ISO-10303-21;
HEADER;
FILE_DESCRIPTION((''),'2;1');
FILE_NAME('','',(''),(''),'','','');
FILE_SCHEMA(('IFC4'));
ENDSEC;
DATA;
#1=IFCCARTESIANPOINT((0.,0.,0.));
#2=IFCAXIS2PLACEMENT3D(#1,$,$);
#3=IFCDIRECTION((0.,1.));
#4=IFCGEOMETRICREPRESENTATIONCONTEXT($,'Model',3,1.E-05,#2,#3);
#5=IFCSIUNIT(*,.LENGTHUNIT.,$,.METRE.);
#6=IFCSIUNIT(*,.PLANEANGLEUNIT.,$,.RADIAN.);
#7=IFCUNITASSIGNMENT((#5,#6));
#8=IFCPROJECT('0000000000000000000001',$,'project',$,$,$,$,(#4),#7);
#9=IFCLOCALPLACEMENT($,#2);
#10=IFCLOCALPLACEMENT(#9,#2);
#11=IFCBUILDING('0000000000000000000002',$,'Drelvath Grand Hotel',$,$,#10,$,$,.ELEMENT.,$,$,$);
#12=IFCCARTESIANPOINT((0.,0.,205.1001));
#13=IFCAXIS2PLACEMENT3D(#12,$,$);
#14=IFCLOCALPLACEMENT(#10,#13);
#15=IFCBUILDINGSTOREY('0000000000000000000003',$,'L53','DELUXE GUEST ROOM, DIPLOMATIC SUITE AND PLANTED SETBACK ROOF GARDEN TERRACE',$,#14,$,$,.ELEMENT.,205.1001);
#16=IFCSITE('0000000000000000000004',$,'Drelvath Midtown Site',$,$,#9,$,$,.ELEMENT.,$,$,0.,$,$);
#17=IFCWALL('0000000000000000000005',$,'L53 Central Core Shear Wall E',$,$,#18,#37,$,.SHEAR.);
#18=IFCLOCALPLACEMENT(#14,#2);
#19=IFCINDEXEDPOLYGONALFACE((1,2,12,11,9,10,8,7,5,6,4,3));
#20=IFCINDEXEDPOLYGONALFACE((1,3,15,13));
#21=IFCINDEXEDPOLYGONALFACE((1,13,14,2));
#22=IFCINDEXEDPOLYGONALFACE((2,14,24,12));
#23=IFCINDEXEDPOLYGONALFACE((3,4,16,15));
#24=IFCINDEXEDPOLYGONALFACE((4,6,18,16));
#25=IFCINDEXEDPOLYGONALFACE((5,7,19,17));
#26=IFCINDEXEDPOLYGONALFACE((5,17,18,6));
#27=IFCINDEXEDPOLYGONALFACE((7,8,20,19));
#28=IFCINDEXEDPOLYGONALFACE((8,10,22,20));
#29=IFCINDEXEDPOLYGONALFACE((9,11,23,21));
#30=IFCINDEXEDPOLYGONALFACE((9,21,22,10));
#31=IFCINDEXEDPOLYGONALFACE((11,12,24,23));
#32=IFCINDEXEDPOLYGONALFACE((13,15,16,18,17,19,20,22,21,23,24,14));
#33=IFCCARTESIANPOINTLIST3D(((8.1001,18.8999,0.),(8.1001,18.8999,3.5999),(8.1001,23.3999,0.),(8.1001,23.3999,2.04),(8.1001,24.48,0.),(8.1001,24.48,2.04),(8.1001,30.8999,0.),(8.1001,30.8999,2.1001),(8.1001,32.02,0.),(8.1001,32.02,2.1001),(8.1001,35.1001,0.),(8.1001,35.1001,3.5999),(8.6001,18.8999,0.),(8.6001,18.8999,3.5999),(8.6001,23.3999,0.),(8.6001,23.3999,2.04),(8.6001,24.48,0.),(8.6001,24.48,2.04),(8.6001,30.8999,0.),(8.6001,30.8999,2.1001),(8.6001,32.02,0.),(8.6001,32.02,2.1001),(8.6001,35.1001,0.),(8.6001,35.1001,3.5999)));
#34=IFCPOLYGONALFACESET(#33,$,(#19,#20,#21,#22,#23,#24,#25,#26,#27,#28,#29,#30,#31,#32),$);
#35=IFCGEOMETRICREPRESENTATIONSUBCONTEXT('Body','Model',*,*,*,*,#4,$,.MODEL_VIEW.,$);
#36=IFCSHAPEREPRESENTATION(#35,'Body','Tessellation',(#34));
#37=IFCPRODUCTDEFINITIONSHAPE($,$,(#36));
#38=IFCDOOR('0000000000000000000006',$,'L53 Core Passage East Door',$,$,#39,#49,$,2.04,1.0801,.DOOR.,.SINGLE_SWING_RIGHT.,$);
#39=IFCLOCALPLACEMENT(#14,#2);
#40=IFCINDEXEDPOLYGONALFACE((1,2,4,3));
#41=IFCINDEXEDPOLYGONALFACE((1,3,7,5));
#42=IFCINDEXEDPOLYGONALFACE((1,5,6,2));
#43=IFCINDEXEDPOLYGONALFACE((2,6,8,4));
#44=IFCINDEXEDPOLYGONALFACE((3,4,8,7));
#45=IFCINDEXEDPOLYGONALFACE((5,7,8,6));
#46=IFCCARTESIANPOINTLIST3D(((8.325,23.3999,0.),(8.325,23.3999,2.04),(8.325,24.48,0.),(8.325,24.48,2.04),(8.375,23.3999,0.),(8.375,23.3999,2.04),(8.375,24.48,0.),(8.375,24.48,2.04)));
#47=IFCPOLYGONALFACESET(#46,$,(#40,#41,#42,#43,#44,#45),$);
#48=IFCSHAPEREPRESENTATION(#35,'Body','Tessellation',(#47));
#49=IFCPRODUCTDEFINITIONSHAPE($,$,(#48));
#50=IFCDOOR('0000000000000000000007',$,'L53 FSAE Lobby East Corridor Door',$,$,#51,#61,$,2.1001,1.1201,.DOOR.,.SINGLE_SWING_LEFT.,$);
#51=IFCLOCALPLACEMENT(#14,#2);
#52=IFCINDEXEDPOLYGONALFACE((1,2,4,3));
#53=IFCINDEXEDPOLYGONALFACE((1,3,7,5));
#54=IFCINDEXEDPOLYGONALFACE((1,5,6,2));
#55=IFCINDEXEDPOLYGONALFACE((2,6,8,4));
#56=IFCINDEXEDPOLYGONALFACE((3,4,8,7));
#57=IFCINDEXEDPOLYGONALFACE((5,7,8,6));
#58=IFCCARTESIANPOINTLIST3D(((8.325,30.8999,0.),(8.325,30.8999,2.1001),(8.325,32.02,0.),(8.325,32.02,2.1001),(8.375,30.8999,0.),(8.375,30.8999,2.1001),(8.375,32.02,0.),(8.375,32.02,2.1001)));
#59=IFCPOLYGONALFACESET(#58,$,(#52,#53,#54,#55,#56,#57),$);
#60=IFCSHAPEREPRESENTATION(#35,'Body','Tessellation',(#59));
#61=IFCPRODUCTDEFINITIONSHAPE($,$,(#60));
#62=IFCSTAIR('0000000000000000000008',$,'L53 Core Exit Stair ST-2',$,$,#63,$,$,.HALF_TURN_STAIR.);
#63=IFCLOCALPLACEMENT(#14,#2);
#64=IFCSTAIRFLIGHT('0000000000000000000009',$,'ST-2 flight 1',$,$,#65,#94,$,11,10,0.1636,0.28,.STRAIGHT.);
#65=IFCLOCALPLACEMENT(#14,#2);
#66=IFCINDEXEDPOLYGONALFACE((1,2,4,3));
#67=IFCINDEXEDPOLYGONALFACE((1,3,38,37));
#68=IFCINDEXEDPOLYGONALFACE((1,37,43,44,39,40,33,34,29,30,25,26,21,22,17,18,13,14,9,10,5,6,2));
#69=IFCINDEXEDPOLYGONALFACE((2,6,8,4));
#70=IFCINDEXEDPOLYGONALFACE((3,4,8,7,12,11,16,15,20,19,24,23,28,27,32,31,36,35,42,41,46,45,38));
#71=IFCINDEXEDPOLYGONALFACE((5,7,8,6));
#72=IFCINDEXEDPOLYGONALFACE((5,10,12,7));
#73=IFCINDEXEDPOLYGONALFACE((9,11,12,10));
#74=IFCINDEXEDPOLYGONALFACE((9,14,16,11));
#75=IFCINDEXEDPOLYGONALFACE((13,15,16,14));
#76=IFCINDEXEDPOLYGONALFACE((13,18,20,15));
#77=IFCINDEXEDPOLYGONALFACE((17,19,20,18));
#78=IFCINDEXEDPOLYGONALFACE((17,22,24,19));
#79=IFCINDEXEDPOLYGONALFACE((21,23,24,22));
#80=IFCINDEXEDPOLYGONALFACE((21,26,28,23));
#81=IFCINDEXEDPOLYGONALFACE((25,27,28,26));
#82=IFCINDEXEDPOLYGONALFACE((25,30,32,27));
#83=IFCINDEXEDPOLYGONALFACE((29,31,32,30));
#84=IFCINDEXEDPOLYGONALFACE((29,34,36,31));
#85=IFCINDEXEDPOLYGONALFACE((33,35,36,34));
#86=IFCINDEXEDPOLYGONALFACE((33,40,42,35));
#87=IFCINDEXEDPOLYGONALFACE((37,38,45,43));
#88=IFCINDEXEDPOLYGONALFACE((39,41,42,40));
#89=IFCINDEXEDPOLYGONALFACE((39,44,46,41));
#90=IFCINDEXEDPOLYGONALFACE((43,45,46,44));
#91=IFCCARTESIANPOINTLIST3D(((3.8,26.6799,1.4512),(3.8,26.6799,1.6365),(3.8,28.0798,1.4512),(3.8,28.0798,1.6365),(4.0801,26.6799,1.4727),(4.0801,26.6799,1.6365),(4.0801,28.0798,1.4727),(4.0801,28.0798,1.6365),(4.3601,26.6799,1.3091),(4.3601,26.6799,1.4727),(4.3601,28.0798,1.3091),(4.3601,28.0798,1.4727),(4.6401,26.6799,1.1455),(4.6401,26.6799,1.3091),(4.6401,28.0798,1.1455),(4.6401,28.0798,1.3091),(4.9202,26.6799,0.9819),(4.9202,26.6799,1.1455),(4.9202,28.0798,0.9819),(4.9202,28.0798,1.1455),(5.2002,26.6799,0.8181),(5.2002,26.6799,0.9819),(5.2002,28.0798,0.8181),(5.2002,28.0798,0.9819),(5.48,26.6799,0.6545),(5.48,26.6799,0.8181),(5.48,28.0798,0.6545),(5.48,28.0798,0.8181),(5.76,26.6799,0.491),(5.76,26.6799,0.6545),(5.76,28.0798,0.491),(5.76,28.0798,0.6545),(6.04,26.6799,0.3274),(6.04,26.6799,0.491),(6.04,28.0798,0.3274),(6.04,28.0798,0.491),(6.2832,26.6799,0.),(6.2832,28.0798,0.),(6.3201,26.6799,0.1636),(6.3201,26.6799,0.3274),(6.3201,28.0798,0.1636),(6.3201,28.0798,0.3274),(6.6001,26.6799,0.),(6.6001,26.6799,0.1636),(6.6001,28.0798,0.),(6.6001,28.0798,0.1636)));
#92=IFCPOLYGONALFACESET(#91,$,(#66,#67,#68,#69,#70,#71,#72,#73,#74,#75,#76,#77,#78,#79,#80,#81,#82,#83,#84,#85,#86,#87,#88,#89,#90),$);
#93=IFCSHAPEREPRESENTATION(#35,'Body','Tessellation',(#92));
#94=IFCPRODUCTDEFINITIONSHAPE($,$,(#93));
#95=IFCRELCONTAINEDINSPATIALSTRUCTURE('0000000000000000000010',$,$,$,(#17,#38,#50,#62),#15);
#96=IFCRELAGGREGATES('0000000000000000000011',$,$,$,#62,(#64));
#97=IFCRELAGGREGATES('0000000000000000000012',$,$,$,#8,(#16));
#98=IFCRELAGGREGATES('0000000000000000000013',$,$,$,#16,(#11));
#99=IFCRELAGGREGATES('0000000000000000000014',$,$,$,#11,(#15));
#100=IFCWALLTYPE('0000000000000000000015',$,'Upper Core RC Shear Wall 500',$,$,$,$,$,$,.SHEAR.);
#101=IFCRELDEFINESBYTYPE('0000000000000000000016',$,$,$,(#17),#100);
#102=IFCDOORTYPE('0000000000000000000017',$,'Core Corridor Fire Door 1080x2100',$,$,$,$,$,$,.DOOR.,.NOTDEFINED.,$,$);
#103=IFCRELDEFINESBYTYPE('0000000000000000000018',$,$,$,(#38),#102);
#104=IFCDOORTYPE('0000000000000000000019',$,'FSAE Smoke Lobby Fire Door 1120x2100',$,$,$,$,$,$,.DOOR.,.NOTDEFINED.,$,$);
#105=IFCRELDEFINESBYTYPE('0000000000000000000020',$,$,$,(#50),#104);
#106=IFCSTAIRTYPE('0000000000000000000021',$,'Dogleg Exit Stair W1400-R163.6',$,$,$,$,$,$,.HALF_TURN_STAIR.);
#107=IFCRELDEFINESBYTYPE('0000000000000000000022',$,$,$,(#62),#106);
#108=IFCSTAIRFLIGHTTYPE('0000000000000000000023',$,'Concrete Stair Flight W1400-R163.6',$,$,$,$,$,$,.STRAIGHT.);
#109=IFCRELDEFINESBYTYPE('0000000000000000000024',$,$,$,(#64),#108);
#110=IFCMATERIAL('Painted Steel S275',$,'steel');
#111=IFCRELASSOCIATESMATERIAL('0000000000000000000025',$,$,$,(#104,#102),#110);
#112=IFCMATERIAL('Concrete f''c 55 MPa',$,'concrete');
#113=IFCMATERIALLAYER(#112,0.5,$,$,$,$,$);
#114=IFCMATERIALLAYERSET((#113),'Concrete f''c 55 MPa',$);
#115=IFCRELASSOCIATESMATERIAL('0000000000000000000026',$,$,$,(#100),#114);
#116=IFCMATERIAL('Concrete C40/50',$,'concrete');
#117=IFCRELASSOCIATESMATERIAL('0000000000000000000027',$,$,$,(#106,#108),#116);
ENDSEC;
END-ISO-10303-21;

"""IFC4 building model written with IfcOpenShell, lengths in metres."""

from ifc_helpers import new_model, si_unit, direction, frame, frame_2d, origin, place, context, subcontext, project, spatial, polyline, rectangle, outline, extrude, material, layer, layer_set, type_object, element, fill, aggregate, save


model = new_model("IFC4")

# Units and contexts
model_context = context("Model", 3, precision=1e-05, world=origin(), true_north=direction((0.0, 1.0)))
body_context = subcontext(model_context, "Body", "Model", "MODEL_VIEW")
ifc_project = project(units=[si_unit("LENGTHUNIT", "METRE"), si_unit("PLANEANGLEUNIT", "RADIAN")], contexts=[model_context])

# Site, building, storey
site_placement = place(None, origin())
site = spatial("IfcSite", under=ifc_project, at=site_placement, Name="Drelvath Midtown Site", CompositionType="ELEMENT", RefElevation=0.0)
building_placement = place(site_placement, origin())
building = spatial("IfcBuilding", under=site, at=building_placement, Name="Drelvath Grand Hotel", CompositionType="ELEMENT")
storey_placement = place(building_placement, frame((0.0, 0.0, 205.1001)))
storey = spatial("IfcBuildingStorey", under=building, at=storey_placement, Name="L53", Description="DELUXE GUEST ROOM, DIPLOMATIC SUITE AND PLANTED SETBACK ROOF GARDEN TERRACE", CompositionType="ELEMENT", Elevation=205.1001)

# Shared definitions
ifc_material_1 = material(Name="Concrete f'c 55 MPa", Category="concrete")

# Shared definitions
ifc_material_2 = material(Name="Concrete C40/50", Category="concrete")

# Shared definitions
ifc_material_3 = material(Name="Painted Steel S275", Category="steel")

# Shared definitions
door_type_1 = type_object("IfcDoorType", Name="FSAE Smoke Lobby Fire Door 1120x2100", OperationType="NOTDEFINED", PredefinedType="DOOR", material=ifc_material_3)

# Wall, openings, doors
ifc_layer_1 = layer(ifc_material_1, 0.5)
ifc_layer_set_1 = layer_set([ifc_layer_1], Name="Concrete f'c 55 MPa")
wall_type_1 = type_object("IfcWallType", Name="Upper Core RC Shear Wall 500", PredefinedType="SHEAR", material=ifc_layer_set_1)
wall_1_placement = place(storey_placement, frame((8.3501, 35.1001, 0.0), z_axis=(0.0, 0.0, 1.0), x_axis=(0.0, -1.0, 0.0)))
wall_1 = element("IfcWall", 1, at=wall_1_placement, inside=storey, type_object=wall_type_1, Name="L53 Central Core Shear Wall E", PredefinedType="SHEAR", context=body_context, shape_type="SweptSolid", body=[
    extrude(rectangle(XDim=16.2002, YDim=0.5, at=frame_2d((8.1001, 0.0))), origin(), (0.0, 0.0, 1.0), 3.5999),
])
opening_1_placement = place(wall_1_placement, frame((3.0801, 0.0, 0.0)))
opening_1 = element("IfcOpeningElement", 2, at=opening_1_placement, cuts=wall_1, PredefinedType="OPENING", context=body_context, shape_type="SweptSolid", body=[
    extrude(rectangle(XDim=1.1201, YDim=2.1001, at=frame_2d((0.5601, 1.05))), frame((0.0, 0.26, 0.0), z_axis=(0.0, -1.0, 0.0), x_axis=(1.0, 0.0, 0.0)), (0.0, 0.0, 1.0), 0.52),
])
opening_2_placement = place(wall_1_placement, frame((10.6201, 0.0, 0.0)))
opening_2 = element("IfcOpeningElement", 3, at=opening_2_placement, cuts=wall_1, PredefinedType="OPENING", context=body_context, shape_type="SweptSolid", body=[
    extrude(rectangle(XDim=1.0801, YDim=2.04, at=frame_2d((0.54, 1.02))), frame((0.0, 0.26, 0.0), z_axis=(0.0, -1.0, 0.0), x_axis=(1.0, 0.0, 0.0)), (0.0, 0.0, 1.0), 0.52),
])
door_type_2 = type_object("IfcDoorType", Name="Core Corridor Fire Door 1080x2100", OperationType="NOTDEFINED", PredefinedType="DOOR", material=ifc_material_3)
door_1_placement = place(opening_2_placement, origin())
door_1 = element("IfcDoor", 4, at=door_1_placement, inside=storey, type_object=door_type_2, Name="L53 Core Passage East Door", OperationType="SINGLE_SWING_RIGHT", OverallHeight=2.04, OverallWidth=1.0801, PredefinedType="DOOR", context=body_context, shape_type="SweptSolid", body=[
    extrude(rectangle(XDim=1.0801, YDim=2.04, at=frame_2d((0.54, 1.02))), frame((0.0, 0.0249, 0.0), z_axis=(0.0, -1.0, 0.0), x_axis=(1.0, 0.0, 0.0)), (0.0, 0.0, 1.0), 0.05),
])
fill(opening_2, door_1)
door_2_placement = place(opening_1_placement, origin())
door_2 = element("IfcDoor", 5, at=door_2_placement, inside=storey, type_object=door_type_1, Name="L53 FSAE Lobby East Corridor Door", OperationType="SINGLE_SWING_LEFT", OverallHeight=2.1001, OverallWidth=1.1201, PredefinedType="DOOR", context=body_context, shape_type="SweptSolid", body=[
    extrude(rectangle(XDim=1.1201, YDim=2.1001, at=frame_2d((0.5601, 1.05))), frame((0.0, 0.0249, 0.0), z_axis=(0.0, -1.0, 0.0), x_axis=(1.0, 0.0, 0.0)), (0.0, 0.0, 1.0), 0.05),
])
fill(opening_1, door_2)

# Stair, stair flight
stair_type = type_object("IfcStairType", Name="Dogleg Exit Stair W1400-R163.6", PredefinedType="HALF_TURN_STAIR", material=ifc_material_2)
stair_placement = place(storey_placement, origin())
stair = element("IfcStair", 6, at=stair_placement, inside=storey, type_object=stair_type, Name="L53 Core Exit Stair ST-2", PredefinedType="HALF_TURN_STAIR")
stair_flight_type = type_object("IfcStairFlightType", Name="Concrete Stair Flight W1400-R163.6", PredefinedType="STRAIGHT", material=ifc_material_2)
stair_flight_placement = place(storey_placement, frame((6.6001, 27.3799, 0.0), z_axis=(0.0, 0.0, 1.0), x_axis=(-1.0, 0.0, 0.0)))
stair_flight = element("IfcStairFlight", 7, at=stair_flight_placement, type_object=stair_flight_type, Name="ST-2 flight 1", NumberOfRisers=11, NumberOfTreads=10, PredefinedType="STRAIGHT", RiserHeight=0.1636, TreadLength=0.28, context=body_context, shape_type="SweptSolid", body=[
    extrude(outline(polyline([(0.0, 0.0), (0.0, 0.1636), (0.28, 0.1636), (0.28, 0.3274), (0.5601, 0.3274), (0.5601, 0.491), (0.8401, 0.491), (0.8401, 0.6545), (1.1201, 0.6545), (1.1201, 0.8181), (1.3999, 0.8181), (1.3999, 0.9819), (1.6799, 0.9819), (1.6799, 1.1455), (1.96, 1.1455), (1.96, 1.3091), (2.24, 1.3091), (2.24, 1.4727), (2.52, 1.4727), (2.52, 1.6365), (2.8, 1.6365), (2.8, 1.8), (2.8, 1.4512), (0.3169, 0.0), (0.0, 0.0)])), frame((0.0, 0.7, 0.0), z_axis=(0.0, -1.0, 0.0), x_axis=(1.0, 0.0, 0.0)), (0.0, 0.0, 1.0), 1.3999),
])
aggregate(stair, [stair_flight])

save(model, "model.ifc")
